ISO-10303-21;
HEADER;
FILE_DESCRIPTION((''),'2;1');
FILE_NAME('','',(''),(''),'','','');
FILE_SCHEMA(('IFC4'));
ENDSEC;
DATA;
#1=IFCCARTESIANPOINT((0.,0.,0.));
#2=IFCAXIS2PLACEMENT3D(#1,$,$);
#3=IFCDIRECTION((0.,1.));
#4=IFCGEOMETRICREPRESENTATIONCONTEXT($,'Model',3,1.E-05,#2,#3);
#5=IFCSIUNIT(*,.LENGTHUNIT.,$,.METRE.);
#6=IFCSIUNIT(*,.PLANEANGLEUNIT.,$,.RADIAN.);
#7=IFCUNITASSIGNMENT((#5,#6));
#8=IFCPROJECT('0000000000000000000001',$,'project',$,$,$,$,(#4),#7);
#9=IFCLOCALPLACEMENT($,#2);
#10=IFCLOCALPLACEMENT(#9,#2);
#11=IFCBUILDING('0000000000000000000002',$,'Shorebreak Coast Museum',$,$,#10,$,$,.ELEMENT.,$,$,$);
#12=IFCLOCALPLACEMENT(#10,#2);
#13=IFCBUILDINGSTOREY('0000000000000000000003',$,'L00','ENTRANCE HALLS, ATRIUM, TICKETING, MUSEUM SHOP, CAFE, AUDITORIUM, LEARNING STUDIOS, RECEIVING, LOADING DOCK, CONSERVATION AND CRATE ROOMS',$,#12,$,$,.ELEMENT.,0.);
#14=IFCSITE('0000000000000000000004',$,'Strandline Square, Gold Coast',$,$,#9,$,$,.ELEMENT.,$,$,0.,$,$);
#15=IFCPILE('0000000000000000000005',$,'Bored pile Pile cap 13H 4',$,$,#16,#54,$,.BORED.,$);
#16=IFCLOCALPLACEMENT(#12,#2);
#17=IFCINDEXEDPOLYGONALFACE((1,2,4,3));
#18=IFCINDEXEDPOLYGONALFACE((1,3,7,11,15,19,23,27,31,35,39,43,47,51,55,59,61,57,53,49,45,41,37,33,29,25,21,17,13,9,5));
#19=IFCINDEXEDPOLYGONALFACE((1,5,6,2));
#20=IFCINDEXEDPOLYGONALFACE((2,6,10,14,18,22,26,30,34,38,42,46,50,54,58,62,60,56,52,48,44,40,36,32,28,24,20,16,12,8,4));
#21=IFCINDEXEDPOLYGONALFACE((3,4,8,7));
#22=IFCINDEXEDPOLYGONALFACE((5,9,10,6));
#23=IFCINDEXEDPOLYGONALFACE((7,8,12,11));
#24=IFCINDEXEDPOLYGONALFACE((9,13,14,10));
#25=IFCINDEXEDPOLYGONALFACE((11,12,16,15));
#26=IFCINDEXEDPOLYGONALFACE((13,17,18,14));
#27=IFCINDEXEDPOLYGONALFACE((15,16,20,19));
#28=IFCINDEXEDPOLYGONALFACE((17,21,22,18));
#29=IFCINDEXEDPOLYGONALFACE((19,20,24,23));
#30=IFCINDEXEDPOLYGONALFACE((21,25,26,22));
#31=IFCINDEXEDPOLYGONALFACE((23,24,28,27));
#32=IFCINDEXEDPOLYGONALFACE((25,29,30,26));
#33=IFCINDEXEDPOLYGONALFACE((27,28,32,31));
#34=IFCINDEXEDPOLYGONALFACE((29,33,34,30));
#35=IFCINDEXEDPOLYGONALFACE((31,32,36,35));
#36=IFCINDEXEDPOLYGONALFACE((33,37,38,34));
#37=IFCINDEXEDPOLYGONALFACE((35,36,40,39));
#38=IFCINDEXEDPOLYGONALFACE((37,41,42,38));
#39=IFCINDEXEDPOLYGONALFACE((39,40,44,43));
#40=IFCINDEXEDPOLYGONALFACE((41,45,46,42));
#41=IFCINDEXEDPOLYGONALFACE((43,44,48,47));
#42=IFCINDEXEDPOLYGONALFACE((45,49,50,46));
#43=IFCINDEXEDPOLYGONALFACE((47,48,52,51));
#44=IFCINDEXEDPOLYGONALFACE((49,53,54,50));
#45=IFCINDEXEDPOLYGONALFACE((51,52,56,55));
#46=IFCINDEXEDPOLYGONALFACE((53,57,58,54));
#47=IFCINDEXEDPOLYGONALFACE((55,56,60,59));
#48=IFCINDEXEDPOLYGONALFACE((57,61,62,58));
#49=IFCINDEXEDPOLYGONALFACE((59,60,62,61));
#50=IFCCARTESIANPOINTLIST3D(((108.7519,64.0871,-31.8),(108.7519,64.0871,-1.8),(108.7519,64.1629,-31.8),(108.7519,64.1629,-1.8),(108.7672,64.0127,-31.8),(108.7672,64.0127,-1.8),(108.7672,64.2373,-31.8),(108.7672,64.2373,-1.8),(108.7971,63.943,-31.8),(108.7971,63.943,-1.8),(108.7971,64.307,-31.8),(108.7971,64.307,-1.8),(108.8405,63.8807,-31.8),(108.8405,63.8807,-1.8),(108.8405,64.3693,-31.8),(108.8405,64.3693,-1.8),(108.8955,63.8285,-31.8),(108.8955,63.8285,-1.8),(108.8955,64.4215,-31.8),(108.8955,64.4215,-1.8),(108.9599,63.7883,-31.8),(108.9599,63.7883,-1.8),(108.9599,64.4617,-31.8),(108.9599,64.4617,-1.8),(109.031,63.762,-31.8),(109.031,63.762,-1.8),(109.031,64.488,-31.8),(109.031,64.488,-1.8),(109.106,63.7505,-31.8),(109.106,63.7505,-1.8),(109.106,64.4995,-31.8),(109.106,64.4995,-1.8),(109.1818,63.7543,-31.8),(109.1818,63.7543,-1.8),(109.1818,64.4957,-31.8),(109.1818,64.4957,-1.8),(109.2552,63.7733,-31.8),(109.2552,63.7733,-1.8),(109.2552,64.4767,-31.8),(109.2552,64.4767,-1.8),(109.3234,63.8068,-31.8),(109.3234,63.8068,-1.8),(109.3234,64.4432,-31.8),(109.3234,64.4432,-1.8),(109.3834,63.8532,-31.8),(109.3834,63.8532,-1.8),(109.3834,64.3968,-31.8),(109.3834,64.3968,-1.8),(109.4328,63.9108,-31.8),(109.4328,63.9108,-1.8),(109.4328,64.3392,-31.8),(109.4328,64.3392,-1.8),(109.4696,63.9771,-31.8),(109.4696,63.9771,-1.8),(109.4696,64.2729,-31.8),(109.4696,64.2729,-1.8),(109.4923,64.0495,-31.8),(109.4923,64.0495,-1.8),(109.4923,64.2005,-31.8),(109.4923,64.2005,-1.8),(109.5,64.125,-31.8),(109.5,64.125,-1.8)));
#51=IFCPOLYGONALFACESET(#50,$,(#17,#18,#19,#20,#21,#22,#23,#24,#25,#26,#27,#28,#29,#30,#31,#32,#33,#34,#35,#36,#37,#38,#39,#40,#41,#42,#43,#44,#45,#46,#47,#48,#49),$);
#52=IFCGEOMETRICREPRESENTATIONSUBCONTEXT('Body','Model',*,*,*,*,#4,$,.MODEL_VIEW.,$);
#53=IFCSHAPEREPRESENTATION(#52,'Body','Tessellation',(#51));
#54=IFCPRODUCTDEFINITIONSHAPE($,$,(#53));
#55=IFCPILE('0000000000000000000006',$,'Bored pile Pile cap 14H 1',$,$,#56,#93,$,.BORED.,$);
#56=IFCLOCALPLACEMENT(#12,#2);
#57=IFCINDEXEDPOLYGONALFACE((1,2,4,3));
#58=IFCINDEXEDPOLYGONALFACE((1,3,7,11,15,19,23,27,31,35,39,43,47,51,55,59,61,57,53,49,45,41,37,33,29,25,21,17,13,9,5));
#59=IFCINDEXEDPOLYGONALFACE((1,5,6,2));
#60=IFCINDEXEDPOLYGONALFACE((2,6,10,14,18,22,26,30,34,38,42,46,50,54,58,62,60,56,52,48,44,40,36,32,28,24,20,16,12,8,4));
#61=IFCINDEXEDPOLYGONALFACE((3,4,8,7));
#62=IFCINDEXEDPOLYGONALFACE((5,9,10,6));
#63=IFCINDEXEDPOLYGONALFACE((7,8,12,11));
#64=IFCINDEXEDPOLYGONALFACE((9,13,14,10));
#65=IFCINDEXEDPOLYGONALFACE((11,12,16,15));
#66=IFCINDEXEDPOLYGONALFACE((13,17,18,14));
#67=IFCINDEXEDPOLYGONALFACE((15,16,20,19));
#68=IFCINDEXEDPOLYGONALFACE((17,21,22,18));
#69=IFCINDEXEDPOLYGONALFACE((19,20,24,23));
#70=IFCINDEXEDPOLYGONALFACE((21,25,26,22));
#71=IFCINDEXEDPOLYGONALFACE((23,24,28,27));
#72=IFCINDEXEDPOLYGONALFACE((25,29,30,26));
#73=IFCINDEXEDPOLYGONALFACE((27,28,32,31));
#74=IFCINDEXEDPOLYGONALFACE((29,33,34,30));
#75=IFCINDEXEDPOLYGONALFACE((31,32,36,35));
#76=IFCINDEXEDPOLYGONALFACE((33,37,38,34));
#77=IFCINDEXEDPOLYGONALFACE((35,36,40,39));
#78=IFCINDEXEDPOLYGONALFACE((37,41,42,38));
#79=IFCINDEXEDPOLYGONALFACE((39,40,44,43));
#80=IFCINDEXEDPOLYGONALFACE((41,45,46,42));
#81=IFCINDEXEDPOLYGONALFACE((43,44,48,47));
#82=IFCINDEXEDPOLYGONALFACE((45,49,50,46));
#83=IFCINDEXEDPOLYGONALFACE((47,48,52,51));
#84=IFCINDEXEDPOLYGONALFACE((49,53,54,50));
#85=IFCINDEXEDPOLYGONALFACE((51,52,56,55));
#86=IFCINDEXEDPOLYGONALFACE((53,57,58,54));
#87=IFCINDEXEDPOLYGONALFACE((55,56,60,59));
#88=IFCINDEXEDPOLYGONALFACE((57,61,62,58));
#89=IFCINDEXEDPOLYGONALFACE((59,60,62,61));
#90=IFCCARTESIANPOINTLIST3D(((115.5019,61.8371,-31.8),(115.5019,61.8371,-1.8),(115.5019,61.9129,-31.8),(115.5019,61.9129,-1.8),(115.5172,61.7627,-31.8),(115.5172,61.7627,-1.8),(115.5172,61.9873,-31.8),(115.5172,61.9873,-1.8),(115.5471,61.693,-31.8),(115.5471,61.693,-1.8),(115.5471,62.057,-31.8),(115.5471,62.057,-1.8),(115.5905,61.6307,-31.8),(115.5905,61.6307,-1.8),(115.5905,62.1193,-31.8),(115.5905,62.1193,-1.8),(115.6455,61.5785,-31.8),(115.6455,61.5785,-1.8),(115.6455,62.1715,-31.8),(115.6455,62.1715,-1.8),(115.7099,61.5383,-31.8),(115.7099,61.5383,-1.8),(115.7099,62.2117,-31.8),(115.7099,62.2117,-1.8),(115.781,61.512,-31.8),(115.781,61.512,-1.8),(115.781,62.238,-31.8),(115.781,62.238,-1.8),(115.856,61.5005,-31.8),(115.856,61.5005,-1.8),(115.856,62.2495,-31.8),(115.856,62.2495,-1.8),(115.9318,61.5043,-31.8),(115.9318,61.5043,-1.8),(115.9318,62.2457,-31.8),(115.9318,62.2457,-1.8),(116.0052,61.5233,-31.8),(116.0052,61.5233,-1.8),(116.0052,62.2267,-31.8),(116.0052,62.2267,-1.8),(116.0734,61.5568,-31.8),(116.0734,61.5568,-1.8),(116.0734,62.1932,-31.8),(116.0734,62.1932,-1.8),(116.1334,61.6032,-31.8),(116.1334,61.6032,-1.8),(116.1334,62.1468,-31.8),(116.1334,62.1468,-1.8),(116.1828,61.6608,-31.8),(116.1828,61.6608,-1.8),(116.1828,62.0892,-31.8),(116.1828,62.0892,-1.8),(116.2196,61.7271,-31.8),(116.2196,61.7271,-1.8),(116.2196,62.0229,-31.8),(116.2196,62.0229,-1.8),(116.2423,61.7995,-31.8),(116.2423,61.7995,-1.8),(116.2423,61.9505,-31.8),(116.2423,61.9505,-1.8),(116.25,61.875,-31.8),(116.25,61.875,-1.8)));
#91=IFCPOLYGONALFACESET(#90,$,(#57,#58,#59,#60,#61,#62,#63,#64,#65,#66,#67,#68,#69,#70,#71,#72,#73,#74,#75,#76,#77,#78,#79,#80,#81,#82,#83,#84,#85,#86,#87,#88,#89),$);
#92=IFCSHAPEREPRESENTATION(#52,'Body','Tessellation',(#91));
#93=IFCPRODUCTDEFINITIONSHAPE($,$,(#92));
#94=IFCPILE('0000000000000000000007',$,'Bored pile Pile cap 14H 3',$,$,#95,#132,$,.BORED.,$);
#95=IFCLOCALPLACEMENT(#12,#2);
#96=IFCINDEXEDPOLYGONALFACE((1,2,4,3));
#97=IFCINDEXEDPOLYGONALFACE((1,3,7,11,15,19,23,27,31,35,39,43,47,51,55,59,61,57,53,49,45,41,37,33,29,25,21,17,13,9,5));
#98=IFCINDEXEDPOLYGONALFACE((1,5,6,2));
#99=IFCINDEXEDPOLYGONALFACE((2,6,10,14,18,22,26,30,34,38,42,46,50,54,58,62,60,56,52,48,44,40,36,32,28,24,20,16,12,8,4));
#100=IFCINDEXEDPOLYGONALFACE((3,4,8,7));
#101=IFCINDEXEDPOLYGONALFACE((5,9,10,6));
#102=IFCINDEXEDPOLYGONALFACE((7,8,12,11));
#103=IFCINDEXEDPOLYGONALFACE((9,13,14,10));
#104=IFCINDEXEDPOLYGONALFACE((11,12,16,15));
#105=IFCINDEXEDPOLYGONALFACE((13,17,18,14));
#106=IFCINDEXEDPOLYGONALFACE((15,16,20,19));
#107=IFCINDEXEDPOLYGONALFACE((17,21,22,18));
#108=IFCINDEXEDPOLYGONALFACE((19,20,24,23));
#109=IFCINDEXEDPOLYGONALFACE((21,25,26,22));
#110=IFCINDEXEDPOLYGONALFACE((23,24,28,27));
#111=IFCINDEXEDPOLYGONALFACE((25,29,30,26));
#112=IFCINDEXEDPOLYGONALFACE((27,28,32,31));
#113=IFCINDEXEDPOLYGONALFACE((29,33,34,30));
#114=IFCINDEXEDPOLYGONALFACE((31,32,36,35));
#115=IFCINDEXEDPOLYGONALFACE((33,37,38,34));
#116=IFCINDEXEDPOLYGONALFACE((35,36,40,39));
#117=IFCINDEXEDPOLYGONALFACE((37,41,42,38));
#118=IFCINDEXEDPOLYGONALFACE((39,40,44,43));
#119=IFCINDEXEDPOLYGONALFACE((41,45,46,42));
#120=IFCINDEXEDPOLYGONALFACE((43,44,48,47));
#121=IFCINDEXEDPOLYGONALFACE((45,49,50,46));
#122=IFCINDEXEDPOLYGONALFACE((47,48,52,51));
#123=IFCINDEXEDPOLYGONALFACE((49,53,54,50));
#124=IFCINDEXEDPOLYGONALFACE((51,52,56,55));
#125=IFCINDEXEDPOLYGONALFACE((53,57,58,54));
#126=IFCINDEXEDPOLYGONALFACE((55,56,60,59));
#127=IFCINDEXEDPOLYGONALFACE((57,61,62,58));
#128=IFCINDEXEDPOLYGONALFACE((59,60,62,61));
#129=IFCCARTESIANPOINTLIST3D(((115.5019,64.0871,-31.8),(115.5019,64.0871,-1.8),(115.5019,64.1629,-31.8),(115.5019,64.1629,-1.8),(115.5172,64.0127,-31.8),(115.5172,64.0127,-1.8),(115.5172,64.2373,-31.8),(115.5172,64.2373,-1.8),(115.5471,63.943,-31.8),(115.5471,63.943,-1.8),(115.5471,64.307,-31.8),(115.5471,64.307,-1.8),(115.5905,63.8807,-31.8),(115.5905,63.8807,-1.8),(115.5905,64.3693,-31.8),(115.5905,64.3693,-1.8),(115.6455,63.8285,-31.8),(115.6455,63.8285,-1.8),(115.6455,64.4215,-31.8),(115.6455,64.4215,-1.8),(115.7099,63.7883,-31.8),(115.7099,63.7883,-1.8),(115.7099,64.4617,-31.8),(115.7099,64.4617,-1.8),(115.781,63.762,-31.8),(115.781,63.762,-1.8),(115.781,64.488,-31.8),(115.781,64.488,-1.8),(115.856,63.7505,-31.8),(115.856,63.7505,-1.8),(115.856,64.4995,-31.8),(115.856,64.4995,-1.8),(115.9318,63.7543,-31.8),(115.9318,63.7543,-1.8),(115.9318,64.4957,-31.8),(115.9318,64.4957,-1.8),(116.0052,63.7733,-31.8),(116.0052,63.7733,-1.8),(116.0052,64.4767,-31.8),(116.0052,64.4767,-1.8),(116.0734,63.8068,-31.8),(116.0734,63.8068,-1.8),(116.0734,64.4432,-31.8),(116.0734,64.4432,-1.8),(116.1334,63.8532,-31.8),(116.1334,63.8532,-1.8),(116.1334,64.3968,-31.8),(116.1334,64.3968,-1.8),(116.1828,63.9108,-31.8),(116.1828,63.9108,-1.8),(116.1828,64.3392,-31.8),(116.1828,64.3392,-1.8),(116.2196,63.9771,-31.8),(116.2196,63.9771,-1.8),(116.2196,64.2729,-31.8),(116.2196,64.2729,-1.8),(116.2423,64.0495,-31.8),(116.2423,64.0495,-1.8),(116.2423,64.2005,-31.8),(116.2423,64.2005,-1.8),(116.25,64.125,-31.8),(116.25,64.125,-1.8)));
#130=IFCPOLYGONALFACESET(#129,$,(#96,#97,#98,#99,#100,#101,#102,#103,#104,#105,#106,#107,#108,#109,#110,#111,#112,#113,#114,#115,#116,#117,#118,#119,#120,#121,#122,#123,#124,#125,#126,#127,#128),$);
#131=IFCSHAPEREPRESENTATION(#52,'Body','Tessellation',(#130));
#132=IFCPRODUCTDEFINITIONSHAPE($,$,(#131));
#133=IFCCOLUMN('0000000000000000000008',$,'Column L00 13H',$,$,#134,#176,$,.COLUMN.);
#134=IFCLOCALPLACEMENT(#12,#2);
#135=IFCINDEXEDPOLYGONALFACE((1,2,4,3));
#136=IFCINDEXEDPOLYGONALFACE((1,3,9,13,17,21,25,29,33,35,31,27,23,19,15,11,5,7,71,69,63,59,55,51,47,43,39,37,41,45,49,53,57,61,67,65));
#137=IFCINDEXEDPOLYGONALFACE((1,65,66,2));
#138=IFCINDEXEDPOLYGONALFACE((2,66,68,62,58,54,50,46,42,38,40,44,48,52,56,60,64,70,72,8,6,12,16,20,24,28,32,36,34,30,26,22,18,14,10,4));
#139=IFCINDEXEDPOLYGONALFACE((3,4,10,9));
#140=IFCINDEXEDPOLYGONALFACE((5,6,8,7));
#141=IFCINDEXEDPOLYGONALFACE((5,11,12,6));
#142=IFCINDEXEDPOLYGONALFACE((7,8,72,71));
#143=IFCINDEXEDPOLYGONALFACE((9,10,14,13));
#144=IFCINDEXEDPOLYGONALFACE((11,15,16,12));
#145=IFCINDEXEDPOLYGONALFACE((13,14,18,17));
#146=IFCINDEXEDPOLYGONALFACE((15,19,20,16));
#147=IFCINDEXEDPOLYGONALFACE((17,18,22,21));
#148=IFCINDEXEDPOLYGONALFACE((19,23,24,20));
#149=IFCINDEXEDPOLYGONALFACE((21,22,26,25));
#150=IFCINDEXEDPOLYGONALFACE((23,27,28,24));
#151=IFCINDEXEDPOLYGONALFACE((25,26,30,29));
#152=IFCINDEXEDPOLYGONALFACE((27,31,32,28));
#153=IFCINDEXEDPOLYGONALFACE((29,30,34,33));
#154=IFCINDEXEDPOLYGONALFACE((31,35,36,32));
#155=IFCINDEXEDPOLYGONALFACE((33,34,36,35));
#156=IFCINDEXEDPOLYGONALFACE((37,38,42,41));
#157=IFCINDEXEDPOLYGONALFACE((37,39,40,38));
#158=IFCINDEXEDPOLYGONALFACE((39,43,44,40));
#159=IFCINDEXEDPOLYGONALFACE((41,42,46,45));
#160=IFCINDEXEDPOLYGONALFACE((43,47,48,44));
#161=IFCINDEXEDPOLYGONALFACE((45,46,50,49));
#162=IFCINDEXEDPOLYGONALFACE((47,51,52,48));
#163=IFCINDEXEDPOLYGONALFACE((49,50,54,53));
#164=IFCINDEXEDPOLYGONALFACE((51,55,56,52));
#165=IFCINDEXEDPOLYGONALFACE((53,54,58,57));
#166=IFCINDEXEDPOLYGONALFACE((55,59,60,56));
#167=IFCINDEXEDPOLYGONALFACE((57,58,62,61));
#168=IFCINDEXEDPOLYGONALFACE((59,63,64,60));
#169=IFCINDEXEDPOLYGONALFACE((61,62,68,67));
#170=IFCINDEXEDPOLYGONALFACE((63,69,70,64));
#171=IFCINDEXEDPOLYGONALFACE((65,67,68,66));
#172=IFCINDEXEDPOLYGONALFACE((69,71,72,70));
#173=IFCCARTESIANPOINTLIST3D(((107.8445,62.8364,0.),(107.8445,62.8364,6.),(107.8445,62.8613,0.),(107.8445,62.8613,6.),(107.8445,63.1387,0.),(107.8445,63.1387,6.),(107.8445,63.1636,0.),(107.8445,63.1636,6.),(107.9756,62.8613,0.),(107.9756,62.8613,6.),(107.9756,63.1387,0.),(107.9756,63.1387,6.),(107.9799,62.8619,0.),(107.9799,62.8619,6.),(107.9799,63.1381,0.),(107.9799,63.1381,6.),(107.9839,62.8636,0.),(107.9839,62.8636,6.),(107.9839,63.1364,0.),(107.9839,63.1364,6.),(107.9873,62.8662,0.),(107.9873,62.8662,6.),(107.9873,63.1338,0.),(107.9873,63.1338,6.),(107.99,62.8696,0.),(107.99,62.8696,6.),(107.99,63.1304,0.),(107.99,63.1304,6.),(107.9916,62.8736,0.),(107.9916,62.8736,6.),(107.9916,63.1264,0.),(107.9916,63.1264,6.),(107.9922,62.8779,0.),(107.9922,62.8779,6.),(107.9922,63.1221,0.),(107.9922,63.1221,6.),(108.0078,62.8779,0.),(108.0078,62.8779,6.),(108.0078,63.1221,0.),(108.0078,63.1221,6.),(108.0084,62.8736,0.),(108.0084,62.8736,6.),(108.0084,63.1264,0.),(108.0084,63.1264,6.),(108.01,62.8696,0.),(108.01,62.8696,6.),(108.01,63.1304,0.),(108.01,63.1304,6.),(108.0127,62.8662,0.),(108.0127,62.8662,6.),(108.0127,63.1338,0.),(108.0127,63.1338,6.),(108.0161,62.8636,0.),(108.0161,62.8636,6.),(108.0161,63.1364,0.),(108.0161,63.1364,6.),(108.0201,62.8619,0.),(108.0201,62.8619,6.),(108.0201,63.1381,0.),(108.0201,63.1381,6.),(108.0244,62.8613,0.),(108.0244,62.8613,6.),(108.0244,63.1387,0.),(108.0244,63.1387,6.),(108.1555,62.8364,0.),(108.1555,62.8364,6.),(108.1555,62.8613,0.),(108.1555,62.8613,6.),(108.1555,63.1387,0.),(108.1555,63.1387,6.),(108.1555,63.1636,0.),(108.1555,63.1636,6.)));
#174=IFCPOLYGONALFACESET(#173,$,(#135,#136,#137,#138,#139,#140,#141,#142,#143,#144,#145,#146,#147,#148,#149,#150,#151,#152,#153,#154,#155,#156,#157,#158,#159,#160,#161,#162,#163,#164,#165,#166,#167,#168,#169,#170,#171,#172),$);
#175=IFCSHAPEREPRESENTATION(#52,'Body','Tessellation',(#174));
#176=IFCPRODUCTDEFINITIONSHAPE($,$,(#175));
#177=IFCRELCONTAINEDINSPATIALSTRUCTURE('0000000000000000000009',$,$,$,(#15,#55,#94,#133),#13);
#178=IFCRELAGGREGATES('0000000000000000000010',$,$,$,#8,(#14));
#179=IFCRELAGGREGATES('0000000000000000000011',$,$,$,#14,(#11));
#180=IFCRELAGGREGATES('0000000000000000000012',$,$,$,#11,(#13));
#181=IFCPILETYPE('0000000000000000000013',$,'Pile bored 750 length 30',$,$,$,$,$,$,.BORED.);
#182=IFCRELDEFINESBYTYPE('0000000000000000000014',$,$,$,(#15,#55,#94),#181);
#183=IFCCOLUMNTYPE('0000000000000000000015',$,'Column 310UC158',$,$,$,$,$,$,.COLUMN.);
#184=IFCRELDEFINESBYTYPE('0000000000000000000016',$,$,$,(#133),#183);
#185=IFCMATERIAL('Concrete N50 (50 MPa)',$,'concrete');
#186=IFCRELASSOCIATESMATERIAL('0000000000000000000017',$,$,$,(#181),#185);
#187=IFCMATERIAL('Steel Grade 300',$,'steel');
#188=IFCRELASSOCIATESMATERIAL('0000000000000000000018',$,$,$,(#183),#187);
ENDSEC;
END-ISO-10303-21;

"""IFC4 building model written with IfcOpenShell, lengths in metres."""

from ifc_helpers import new_model, si_unit, direction, frame, origin, origin_2d, place, context, subcontext, project, spatial, circle, i_section, extrude, material, material_profile, profile_set, type_object, element, save


model = new_model("IFC4")

# Units and contexts
model_context = context("Model", 3, precision=1e-05, world=origin(), true_north=direction((0.0, 1.0)))
body_context = subcontext(model_context, "Body", "Model", "MODEL_VIEW")
ifc_project = project(units=[si_unit("LENGTHUNIT", "METRE"), si_unit("PLANEANGLEUNIT", "RADIAN")], contexts=[model_context])

# Site, building, storey
site_placement = place(None, origin())
site = spatial("IfcSite", under=ifc_project, at=site_placement, Name="Strandline Square, Gold Coast", CompositionType="ELEMENT", RefElevation=0.0)
building_placement = place(site_placement, origin())
building = spatial("IfcBuilding", under=site, at=building_placement, Name="Shorebreak Coast Museum", CompositionType="ELEMENT")
storey_placement = place(building_placement, origin())
storey = spatial("IfcBuildingStorey", under=building, at=storey_placement, Name="L00", Description="ENTRANCE HALLS, ATRIUM, TICKETING, MUSEUM SHOP, CAFE, AUDITORIUM, LEARNING STUDIOS, RECEIVING, LOADING DOCK, CONSERVATION AND CRATE ROOMS", CompositionType="ELEMENT", Elevation=0.0)

# Piles
ifc_material_1 = material(Name="Concrete N50 (50 MPa)", Category="concrete")
ifc_material_profile_1 = material_profile(ifc_material_1, circle(Radius=0.375, at=origin_2d()), Name="Pile bored 750 length 30")
ifc_profile_set_1 = profile_set([ifc_material_profile_1], Name="Concrete N50 (50 MPa)")
pile_type_1 = type_object("IfcPileType", Name="Pile bored 750 length 30", PredefinedType="BORED", material=ifc_profile_set_1)
for number, where, z_axis, x_axis, name in (
    (1, (109.125, 64.125, -1.8), (0.0, 0.0, -1.0), (1.0, 0.0, 0.0), "Bored pile Pile cap 13H 4"),
    (2, (115.875, 61.875, -1.8), (0.0, 0.0, -1.0), (1.0, 0.0, 0.0), "Bored pile Pile cap 14H 1"),
    (3, (115.875, 64.125, -1.8), (0.0, 0.0, -1.0), (1.0, 0.0, 0.0), "Bored pile Pile cap 14H 3"),
):
    element("IfcPile", number, at=place(storey_placement, frame(where, z_axis=z_axis, x_axis=x_axis)), inside=storey, type_object=pile_type_1, Name=name, PredefinedType="BORED", context=body_context, shape_type="SweptSolid", body=[
        extrude(circle(Radius=0.375, at=origin_2d()), origin(), (0.0, 0.0, 1.0), 30.0),
    ])

# Column
ifc_material_2 = material(Name="Steel Grade 300", Category="steel")
ifc_material_profile_2 = material_profile(ifc_material_2, i_section(OverallWidth=0.311, OverallDepth=0.3271, WebThickness=0.0156, FlangeThickness=0.0249, FilletRadius=0.0166, at=origin_2d()), Name="310UC158")
ifc_profile_set_2 = profile_set([ifc_material_profile_2], Name="Steel Grade 300")
column_type = type_object("IfcColumnType", Name="Column 310UC158", PredefinedType="COLUMN", material=ifc_profile_set_2)
for number, where, z_axis, x_axis, name in (
    (4, (108.0, 63.0, 0.0), (0.0, 0.0, 1.0), (1.0, 0.0, 0.0), "Column L00 13H"),
):
    element("IfcColumn", number, at=place(storey_placement, frame(where, z_axis=z_axis, x_axis=x_axis)), inside=storey, type_object=column_type, Name=name, PredefinedType="COLUMN", context=body_context, shape_type="SweptSolid", body=[
        extrude(i_section(OverallWidth=0.311, OverallDepth=0.3271, WebThickness=0.0156, FlangeThickness=0.0249, FilletRadius=0.0166, at=origin_2d()), origin(), (0.0, 0.0, 1.0), 6.0),
    ])

save(model, "model.ifc")
